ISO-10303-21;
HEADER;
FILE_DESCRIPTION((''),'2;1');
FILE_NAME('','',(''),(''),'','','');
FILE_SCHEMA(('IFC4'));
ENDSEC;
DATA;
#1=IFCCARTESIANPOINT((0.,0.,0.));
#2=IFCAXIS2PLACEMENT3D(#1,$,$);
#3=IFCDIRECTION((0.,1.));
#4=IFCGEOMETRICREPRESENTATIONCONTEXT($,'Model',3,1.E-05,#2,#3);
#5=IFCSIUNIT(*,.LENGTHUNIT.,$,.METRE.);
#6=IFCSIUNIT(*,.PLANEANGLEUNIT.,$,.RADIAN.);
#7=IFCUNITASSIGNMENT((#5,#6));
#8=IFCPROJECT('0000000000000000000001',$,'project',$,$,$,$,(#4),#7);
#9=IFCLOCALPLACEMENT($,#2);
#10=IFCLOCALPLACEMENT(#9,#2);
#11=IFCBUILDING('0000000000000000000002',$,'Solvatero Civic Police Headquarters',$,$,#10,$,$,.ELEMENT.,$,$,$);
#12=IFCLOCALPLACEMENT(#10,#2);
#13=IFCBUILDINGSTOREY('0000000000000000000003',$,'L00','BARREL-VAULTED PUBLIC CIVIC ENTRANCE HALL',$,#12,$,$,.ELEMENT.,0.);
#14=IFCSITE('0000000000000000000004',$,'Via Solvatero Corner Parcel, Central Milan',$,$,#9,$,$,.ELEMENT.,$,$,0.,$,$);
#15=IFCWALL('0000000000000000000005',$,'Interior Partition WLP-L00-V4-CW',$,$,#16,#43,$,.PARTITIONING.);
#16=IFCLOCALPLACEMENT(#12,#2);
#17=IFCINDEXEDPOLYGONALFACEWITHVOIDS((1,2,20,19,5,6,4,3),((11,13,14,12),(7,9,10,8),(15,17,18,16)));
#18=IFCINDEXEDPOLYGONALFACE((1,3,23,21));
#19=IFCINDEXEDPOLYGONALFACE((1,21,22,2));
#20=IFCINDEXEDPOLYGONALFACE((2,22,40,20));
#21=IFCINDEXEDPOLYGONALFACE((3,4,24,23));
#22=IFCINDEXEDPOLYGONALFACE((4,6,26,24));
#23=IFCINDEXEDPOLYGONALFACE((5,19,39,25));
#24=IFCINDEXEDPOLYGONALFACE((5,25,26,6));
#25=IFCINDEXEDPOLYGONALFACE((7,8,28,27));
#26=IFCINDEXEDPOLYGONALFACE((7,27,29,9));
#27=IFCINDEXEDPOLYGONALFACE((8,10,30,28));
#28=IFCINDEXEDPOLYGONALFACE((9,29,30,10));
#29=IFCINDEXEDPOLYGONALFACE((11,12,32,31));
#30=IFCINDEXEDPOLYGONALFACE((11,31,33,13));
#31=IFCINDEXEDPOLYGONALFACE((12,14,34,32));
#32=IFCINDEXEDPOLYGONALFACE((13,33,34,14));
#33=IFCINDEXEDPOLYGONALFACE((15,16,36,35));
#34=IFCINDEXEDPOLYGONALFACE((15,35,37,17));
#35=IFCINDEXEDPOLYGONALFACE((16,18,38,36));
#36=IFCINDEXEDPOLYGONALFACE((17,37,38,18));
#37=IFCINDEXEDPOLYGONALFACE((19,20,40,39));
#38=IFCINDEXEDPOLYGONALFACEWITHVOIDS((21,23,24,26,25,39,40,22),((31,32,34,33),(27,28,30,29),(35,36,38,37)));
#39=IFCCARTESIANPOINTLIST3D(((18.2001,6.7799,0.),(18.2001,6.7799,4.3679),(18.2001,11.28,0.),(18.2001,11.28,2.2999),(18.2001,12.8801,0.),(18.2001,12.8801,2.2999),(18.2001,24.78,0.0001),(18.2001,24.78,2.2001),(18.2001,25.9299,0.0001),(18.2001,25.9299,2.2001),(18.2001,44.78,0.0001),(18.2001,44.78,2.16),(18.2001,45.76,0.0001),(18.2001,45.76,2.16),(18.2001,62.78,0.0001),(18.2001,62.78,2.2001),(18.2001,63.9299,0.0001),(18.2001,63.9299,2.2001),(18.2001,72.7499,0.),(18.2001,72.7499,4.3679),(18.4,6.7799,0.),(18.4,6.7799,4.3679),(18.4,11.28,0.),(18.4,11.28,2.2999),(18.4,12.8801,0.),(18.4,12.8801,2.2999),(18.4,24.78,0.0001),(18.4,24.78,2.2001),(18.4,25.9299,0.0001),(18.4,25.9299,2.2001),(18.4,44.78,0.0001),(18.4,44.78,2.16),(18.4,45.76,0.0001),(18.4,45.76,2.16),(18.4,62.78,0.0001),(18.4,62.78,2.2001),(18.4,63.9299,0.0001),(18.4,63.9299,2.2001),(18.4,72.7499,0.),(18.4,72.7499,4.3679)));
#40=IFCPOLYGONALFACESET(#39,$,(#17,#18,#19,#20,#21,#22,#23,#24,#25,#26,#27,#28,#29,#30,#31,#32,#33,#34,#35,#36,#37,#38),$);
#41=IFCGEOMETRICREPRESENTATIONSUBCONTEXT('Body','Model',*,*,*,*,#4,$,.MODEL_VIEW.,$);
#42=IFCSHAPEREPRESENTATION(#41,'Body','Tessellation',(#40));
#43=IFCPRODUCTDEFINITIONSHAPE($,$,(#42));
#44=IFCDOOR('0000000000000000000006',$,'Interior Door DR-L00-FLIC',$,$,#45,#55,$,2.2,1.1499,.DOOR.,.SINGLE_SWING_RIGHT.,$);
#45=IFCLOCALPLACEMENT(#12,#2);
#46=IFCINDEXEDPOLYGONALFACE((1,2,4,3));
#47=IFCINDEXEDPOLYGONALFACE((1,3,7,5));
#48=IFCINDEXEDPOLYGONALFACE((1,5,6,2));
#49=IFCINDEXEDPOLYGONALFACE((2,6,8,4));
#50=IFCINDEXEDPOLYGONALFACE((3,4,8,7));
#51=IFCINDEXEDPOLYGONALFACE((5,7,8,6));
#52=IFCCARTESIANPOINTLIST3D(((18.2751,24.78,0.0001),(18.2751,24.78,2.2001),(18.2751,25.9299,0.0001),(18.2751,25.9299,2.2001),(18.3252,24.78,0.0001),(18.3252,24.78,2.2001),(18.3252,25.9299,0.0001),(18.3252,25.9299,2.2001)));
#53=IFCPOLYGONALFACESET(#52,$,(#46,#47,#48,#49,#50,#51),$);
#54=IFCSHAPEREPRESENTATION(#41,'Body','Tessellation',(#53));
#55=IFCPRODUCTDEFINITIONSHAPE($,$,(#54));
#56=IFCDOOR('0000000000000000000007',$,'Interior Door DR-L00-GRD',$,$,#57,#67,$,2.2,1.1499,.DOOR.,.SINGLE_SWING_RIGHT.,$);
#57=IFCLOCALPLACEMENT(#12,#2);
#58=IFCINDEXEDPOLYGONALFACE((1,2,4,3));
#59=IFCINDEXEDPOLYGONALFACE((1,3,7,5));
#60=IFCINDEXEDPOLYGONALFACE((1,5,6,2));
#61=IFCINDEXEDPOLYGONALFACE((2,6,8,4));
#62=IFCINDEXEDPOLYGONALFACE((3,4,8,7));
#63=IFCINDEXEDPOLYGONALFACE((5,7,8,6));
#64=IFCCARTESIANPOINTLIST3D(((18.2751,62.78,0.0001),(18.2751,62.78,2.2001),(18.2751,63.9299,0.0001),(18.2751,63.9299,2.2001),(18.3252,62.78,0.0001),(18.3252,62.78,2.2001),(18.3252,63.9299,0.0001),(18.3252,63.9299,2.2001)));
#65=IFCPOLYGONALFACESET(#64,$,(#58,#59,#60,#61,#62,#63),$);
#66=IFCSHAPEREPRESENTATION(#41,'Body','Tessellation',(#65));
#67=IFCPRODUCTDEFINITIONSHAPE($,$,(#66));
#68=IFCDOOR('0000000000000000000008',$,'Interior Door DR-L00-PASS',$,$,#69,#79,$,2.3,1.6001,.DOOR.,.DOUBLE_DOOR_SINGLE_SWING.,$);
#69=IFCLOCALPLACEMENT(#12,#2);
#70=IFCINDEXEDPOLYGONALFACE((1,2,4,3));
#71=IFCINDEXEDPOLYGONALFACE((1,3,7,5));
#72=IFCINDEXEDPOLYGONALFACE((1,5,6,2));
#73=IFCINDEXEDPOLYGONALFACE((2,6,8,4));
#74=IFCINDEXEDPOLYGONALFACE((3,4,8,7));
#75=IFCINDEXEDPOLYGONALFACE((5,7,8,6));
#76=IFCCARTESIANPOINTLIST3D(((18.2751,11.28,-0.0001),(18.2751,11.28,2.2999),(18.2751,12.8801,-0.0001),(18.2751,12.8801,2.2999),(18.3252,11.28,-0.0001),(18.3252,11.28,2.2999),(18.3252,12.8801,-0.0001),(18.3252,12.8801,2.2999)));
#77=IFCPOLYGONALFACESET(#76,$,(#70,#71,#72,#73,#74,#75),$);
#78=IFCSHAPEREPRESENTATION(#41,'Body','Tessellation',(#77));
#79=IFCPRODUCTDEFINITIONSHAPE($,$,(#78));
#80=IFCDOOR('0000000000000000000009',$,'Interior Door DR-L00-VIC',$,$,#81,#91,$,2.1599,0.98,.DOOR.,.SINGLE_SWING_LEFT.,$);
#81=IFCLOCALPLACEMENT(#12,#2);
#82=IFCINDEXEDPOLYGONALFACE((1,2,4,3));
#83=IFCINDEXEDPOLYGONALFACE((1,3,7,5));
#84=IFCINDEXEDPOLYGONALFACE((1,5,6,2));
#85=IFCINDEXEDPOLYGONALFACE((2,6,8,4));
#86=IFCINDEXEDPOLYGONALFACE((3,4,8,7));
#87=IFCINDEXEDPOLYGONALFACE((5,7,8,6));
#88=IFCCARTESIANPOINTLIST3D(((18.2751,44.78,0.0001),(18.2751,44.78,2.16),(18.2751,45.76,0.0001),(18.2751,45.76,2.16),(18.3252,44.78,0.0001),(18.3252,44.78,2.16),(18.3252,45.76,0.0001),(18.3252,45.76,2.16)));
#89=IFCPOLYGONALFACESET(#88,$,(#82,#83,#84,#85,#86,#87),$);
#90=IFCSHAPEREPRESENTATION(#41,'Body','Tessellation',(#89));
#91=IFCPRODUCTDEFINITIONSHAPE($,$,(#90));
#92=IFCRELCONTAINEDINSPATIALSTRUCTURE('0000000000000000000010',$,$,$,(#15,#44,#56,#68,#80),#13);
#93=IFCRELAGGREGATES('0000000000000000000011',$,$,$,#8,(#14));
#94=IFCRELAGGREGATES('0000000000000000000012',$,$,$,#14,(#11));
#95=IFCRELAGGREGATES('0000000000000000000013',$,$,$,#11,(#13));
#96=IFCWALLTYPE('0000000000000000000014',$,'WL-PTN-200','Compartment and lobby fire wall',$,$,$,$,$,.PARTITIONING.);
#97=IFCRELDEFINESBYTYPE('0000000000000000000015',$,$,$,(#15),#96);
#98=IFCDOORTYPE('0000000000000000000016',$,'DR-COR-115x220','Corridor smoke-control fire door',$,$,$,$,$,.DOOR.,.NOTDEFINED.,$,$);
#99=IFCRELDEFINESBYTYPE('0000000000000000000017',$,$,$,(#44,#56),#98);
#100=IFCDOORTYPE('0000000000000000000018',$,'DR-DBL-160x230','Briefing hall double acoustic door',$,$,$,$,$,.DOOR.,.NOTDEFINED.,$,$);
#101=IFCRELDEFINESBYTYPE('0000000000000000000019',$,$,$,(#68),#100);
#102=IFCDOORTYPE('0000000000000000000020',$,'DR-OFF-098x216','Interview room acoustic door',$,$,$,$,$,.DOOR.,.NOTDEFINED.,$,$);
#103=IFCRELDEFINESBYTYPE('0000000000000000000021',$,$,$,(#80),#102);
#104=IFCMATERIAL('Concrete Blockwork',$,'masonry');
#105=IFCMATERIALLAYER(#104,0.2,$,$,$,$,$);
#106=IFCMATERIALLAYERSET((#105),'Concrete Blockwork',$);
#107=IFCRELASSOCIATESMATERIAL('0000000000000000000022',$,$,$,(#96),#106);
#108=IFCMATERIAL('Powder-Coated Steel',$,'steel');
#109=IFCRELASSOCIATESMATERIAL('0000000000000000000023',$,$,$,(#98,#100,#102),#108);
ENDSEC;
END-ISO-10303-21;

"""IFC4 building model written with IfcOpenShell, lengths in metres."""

from ifc_helpers import new_model, si_unit, direction, frame, frame_2d, origin, place, context, subcontext, project, spatial, rectangle, extrude, material, layer, layer_set, type_object, element, fill, save


model = new_model("IFC4")

# Units and contexts
model_context = context("Model", 3, precision=1e-05, world=origin(), true_north=direction((0.0, 1.0)))
body_context = subcontext(model_context, "Body", "Model", "MODEL_VIEW")
ifc_project = project(units=[si_unit("LENGTHUNIT", "METRE"), si_unit("PLANEANGLEUNIT", "RADIAN")], contexts=[model_context])

# Site, building, storey
site_placement = place(None, origin())
site = spatial("IfcSite", under=ifc_project, at=site_placement, Name="Via Solvatero Corner Parcel, Central Milan", CompositionType="ELEMENT", RefElevation=0.0)
building_placement = place(site_placement, origin())
building = spatial("IfcBuilding", under=site, at=building_placement, Name="Solvatero Civic Police Headquarters", CompositionType="ELEMENT")
storey_placement = place(building_placement, origin())
storey = spatial("IfcBuildingStorey", under=building, at=storey_placement, Name="L00", Description="BARREL-VAULTED PUBLIC CIVIC ENTRANCE HALL", CompositionType="ELEMENT", Elevation=0.0)

# Wall, openings, doors
ifc_material_1 = material(Name="Concrete Blockwork", Category="masonry")
ifc_layer_1 = layer(ifc_material_1, 0.2)
ifc_layer_set_1 = layer_set([ifc_layer_1], Name="Concrete Blockwork")
wall_type_1 = type_object("IfcWallType", Name="WL-PTN-200", Description="Compartment and lobby fire wall", PredefinedType="PARTITIONING", material=ifc_layer_set_1)
wall_1_placement = place(storey_placement, frame((18.3, 6.78, 0.0), z_axis=(0.0, 0.0, 1.0), x_axis=(0.0, 1.0, 0.0)))
wall_1 = element("IfcWall", 1, at=wall_1_placement, inside=storey, type_object=wall_type_1, Name="Interior Partition WLP-L00-V4-CW", PredefinedType="PARTITIONING", context=body_context, shape_type="SweptSolid", body=[
    extrude(rectangle(XDim=65.97, YDim=0.2, at=frame_2d((32.9849, 0.0))), origin(), (0.0, 0.0, 1.0), 4.3679),
])
opening_1_placement = place(wall_1_placement, frame((4.5, 0.0, 0.0)))
opening_1 = element("IfcOpeningElement", 2, at=opening_1_placement, cuts=wall_1, PredefinedType="OPENING", context=body_context, shape_type="SweptSolid", body=[
    extrude(rectangle(XDim=1.6001, YDim=2.3, at=frame_2d((0.8, 1.1499))), frame((0.0, 0.1099, 0.0), z_axis=(0.0, -1.0, 0.0), x_axis=(1.0, 0.0, 0.0)), (0.0, 0.0, 1.0), 0.22),
])
opening_2_placement = place(wall_1_placement, frame((18.0, 0.0, 0.0)))
opening_2 = element("IfcOpeningElement", 3, at=opening_2_placement, cuts=wall_1, PredefinedType="OPENING", context=body_context, shape_type="SweptSolid", body=[
    extrude(rectangle(XDim=1.1499, YDim=2.2, at=frame_2d((0.575, 1.1001))), frame((0.0, 0.1099, 0.0), z_axis=(0.0, -1.0, 0.0), x_axis=(1.0, 0.0, 0.0)), (0.0, 0.0, 1.0), 0.22),
])
opening_3_placement = place(wall_1_placement, frame((38.0, 0.0, 0.0)))
opening_3 = element("IfcOpeningElement", 4, at=opening_3_placement, cuts=wall_1, PredefinedType="OPENING", context=body_context, shape_type="SweptSolid", body=[
    extrude(rectangle(XDim=0.98, YDim=2.1599, at=frame_2d((0.49, 1.0801))), frame((0.0, 0.1099, 0.0), z_axis=(0.0, -1.0, 0.0), x_axis=(1.0, 0.0, 0.0)), (0.0, 0.0, 1.0), 0.22),
])
opening_4_placement = place(wall_1_placement, frame((56.0, 0.0, 0.0)))
opening_4 = element("IfcOpeningElement", 5, at=opening_4_placement, cuts=wall_1, PredefinedType="OPENING", context=body_context, shape_type="SweptSolid", body=[
    extrude(rectangle(XDim=1.1499, YDim=2.2, at=frame_2d((0.575, 1.1001))), frame((0.0, 0.1099, 0.0), z_axis=(0.0, -1.0, 0.0), x_axis=(1.0, 0.0, 0.0)), (0.0, 0.0, 1.0), 0.22),
])
ifc_material_2 = material(Name="Powder-Coated Steel", Category="steel")
door_type_1 = type_object("IfcDoorType", Name="DR-COR-115x220", Description="Corridor smoke-control fire door", OperationType="NOTDEFINED", PredefinedType="DOOR", material=ifc_material_2)
door_1_placement = place(opening_2_placement, origin())
door_1 = element("IfcDoor", 6, at=door_1_placement, inside=storey, type_object=door_type_1, Name="Interior Door DR-L00-FLIC", OperationType="SINGLE_SWING_RIGHT", OverallHeight=2.2, OverallWidth=1.1499, PredefinedType="DOOR", context=body_context, shape_type="SweptSolid", body=[
    extrude(rectangle(XDim=1.1499, YDim=2.2, at=frame_2d((0.575, 1.1001))), frame((0.0, 0.0249, 0.0), z_axis=(0.0, -1.0, 0.0), x_axis=(1.0, 0.0, 0.0)), (0.0, 0.0, 1.0), 0.05),
])
fill(opening_2, door_1)
door_2_placement = place(opening_4_placement, origin())
door_2 = element("IfcDoor", 7, at=door_2_placement, inside=storey, type_object=door_type_1, Name="Interior Door DR-L00-GRD", OperationType="SINGLE_SWING_RIGHT", OverallHeight=2.2, OverallWidth=1.1499, PredefinedType="DOOR", context=body_context, shape_type="SweptSolid", body=[
    extrude(rectangle(XDim=1.1499, YDim=2.2, at=frame_2d((0.575, 1.1001))), frame((0.0, 0.0249, 0.0), z_axis=(0.0, -1.0, 0.0), x_axis=(1.0, 0.0, 0.0)), (0.0, 0.0, 1.0), 0.05),
])
fill(opening_4, door_2)
door_type_2 = type_object("IfcDoorType", Name="DR-DBL-160x230", Description="Briefing hall double acoustic door", OperationType="NOTDEFINED", PredefinedType="DOOR", material=ifc_material_2)
door_3_placement = place(opening_1_placement, origin())
door_3 = element("IfcDoor", 8, at=door_3_placement, inside=storey, type_object=door_type_2, Name="Interior Door DR-L00-PASS", OperationType="DOUBLE_DOOR_SINGLE_SWING", OverallHeight=2.3, OverallWidth=1.6001, PredefinedType="DOOR", context=body_context, shape_type="SweptSolid", body=[
    extrude(rectangle(XDim=1.6001, YDim=2.3, at=frame_2d((0.8, 1.1499))), frame((0.0, 0.0249, 0.0), z_axis=(0.0, -1.0, 0.0), x_axis=(1.0, 0.0, 0.0)), (0.0, 0.0, 1.0), 0.05),
])
fill(opening_1, door_3)
door_type_3 = type_object("IfcDoorType", Name="DR-OFF-098x216", Description="Interview room acoustic door", OperationType="NOTDEFINED", PredefinedType="DOOR", material=ifc_material_2)
door_4_placement = place(opening_3_placement, origin())
door_4 = element("IfcDoor", 9, at=door_4_placement, inside=storey, type_object=door_type_3, Name="Interior Door DR-L00-VIC", OperationType="SINGLE_SWING_LEFT", OverallHeight=2.1599, OverallWidth=0.98, PredefinedType="DOOR", context=body_context, shape_type="SweptSolid", body=[
    extrude(rectangle(XDim=0.98, YDim=2.1599, at=frame_2d((0.49, 1.0801))), frame((0.0, 0.0249, 0.0), z_axis=(0.0, -1.0, 0.0), x_axis=(1.0, 0.0, 0.0)), (0.0, 0.0, 1.0), 0.05),
])
fill(opening_3, door_4)

save(model, "model.ifc")
